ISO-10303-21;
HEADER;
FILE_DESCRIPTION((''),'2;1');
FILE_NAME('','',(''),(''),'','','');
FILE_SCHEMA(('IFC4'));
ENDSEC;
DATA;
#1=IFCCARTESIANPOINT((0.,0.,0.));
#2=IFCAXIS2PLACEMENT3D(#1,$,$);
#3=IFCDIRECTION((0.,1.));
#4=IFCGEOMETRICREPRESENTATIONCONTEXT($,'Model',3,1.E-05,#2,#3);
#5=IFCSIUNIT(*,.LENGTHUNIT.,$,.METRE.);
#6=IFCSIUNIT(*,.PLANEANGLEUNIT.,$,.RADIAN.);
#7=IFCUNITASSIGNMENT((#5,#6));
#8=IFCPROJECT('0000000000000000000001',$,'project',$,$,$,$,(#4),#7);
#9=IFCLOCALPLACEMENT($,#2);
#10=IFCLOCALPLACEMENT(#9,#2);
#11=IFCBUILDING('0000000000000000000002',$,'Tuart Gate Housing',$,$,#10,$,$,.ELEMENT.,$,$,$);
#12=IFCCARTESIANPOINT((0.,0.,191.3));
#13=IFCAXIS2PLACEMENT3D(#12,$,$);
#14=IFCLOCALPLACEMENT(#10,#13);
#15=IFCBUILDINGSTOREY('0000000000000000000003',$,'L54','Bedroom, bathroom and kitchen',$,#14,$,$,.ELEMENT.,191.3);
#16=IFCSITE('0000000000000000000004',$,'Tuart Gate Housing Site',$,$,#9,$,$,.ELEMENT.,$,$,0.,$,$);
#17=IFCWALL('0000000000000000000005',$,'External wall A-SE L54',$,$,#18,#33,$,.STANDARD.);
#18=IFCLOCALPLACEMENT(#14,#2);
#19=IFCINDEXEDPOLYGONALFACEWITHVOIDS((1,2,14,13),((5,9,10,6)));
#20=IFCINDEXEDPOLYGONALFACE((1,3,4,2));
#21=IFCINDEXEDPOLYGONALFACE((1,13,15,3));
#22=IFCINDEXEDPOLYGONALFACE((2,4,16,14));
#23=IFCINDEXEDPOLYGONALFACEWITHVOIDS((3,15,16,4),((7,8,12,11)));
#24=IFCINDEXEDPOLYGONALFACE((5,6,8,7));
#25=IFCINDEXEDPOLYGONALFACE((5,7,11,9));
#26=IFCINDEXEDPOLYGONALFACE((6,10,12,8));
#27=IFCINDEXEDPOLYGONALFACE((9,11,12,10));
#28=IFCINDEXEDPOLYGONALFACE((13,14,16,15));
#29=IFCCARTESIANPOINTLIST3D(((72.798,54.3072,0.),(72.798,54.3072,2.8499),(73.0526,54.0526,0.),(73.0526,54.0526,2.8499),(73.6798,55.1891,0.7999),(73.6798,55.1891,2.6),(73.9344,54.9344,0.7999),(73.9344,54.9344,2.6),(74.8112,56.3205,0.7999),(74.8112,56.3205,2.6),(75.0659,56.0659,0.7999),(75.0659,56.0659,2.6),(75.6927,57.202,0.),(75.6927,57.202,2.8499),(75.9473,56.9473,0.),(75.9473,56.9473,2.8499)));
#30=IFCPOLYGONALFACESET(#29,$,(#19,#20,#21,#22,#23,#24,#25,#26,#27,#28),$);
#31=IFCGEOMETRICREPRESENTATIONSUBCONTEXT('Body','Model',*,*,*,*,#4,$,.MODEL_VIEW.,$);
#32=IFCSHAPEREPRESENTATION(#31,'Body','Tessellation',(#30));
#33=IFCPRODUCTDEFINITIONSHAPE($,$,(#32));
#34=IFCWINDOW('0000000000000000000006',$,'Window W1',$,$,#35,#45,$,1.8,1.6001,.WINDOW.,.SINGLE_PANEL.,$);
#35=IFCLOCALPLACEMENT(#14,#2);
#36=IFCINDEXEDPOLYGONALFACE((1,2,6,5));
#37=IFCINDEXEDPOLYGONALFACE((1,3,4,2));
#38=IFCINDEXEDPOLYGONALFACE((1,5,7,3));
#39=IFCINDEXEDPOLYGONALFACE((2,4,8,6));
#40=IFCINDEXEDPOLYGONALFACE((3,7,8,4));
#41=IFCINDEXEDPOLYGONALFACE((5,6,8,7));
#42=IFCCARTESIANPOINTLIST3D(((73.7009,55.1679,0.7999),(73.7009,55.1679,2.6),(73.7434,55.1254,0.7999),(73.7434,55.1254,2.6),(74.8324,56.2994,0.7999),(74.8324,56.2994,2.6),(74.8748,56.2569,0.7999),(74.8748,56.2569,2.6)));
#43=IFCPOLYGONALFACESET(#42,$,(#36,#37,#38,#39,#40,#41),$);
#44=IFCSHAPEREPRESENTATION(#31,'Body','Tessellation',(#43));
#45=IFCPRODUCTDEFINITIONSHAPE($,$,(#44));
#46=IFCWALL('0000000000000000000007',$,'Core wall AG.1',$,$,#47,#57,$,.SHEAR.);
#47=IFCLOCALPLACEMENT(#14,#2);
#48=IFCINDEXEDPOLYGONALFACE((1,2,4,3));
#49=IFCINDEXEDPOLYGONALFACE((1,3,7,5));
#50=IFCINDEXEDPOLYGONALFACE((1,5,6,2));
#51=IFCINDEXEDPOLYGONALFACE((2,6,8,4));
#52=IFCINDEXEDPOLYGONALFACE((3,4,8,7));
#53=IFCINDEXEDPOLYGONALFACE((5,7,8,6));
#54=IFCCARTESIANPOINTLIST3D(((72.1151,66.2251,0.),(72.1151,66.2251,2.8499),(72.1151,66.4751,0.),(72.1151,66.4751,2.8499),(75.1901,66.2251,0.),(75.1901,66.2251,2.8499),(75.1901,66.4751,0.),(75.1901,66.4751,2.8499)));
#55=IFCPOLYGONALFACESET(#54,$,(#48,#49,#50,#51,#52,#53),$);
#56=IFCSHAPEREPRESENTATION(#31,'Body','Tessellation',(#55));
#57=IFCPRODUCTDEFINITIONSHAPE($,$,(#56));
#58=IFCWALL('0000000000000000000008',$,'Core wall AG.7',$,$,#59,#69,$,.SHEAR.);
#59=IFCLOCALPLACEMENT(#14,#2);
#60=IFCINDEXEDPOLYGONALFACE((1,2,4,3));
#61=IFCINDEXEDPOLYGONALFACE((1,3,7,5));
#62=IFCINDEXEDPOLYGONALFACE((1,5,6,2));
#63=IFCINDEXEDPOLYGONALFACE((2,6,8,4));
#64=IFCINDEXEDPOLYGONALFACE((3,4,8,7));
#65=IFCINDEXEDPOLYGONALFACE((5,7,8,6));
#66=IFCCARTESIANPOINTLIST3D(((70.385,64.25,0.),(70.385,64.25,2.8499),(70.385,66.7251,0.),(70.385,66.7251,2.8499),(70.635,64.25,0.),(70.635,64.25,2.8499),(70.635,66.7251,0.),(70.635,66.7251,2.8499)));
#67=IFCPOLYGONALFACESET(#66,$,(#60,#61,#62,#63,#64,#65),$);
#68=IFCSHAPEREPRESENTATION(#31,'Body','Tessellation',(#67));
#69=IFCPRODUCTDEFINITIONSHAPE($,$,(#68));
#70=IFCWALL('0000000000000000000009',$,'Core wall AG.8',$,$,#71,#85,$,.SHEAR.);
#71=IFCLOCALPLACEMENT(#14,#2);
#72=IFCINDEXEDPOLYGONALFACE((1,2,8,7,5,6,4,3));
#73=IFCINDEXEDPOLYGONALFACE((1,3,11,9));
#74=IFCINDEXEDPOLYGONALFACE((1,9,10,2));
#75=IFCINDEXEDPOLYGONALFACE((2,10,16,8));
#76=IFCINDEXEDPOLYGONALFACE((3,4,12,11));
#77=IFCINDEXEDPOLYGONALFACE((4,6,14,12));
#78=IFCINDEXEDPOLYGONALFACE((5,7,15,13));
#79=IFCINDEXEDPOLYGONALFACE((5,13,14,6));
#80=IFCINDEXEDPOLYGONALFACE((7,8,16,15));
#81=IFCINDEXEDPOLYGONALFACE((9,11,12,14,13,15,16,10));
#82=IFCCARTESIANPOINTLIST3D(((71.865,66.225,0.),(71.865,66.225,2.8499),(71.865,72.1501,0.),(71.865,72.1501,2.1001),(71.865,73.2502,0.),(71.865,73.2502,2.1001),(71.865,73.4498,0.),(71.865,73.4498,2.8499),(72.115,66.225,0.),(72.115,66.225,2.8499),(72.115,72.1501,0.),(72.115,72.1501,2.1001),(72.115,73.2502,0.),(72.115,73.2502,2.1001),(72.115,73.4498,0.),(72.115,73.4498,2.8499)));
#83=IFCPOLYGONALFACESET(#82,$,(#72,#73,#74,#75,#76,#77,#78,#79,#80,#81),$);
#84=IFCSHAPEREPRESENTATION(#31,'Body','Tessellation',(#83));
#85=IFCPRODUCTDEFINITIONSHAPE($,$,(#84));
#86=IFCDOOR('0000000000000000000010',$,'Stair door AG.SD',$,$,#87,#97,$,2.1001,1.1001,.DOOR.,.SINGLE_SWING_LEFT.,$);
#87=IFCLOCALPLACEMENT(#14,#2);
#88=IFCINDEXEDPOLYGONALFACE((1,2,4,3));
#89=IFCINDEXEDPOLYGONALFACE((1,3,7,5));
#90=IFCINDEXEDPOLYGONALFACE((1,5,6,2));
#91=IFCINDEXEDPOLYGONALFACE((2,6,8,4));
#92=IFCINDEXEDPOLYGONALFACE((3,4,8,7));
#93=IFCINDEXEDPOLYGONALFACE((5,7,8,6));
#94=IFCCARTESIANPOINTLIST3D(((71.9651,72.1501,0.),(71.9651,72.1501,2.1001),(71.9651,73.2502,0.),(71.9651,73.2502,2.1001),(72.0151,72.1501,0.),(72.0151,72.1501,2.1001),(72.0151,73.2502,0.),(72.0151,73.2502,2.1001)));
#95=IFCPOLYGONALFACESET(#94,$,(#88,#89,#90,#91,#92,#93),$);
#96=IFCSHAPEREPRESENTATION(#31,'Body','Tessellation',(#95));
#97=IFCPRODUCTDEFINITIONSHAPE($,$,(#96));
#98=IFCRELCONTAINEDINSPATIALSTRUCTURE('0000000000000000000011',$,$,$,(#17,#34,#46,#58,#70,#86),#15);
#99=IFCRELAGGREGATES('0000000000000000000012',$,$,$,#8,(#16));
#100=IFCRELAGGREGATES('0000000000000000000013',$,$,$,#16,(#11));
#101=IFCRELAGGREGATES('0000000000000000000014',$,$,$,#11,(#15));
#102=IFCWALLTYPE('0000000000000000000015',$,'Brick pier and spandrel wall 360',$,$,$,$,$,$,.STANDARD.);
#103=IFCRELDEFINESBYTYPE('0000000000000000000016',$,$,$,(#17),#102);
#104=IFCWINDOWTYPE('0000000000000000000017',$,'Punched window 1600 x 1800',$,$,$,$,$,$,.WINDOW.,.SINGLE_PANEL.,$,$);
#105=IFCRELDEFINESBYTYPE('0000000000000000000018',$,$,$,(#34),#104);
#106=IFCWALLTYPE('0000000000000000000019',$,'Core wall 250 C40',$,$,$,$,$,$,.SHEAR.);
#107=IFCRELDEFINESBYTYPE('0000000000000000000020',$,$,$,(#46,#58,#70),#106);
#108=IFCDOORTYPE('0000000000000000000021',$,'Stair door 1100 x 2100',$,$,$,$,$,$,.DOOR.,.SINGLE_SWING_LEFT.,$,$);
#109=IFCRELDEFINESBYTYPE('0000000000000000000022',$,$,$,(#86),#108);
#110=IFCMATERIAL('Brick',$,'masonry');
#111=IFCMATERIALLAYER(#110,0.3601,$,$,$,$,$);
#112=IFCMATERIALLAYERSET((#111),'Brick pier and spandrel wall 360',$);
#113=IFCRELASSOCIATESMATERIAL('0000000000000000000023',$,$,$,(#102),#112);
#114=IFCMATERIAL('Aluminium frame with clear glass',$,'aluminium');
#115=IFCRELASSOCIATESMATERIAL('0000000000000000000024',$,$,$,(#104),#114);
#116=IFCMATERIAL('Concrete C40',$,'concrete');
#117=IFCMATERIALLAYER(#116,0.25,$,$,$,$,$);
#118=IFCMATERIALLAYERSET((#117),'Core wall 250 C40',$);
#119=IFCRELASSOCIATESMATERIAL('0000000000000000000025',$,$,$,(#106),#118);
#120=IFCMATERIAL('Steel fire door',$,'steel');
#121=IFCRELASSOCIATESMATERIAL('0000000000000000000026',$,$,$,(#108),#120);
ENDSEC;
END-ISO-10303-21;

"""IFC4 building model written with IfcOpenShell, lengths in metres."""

from ifc_helpers import new_model, si_unit, direction, frame, frame_2d, origin, place, context, subcontext, project, spatial, rectangle, extrude, material, layer, layer_set, type_object, element, fill, save


model = new_model("IFC4")

# Units and contexts
model_context = context("Model", 3, precision=1e-05, world=origin(), true_north=direction((0.0, 1.0)))
body_context = subcontext(model_context, "Body", "Model", "MODEL_VIEW")
ifc_project = project(units=[si_unit("LENGTHUNIT", "METRE"), si_unit("PLANEANGLEUNIT", "RADIAN")], contexts=[model_context])

# Site, building, storey
site_placement = place(None, origin())
site = spatial("IfcSite", under=ifc_project, at=site_placement, Name="Tuart Gate Housing Site", CompositionType="ELEMENT", RefElevation=0.0)
building_placement = place(site_placement, origin())
building = spatial("IfcBuilding", under=site, at=building_placement, Name="Tuart Gate Housing", CompositionType="ELEMENT")
storey_placement = place(building_placement, frame((0.0, 0.0, 191.3)))
storey = spatial("IfcBuildingStorey", under=building, at=storey_placement, Name="L54", Description="Bedroom, bathroom and kitchen", CompositionType="ELEMENT", Elevation=191.3)

# Wall, opening, window
ifc_material_1 = material(Name="Brick", Category="masonry")
ifc_layer_1 = layer(ifc_material_1, 0.3601)
ifc_layer_set_1 = layer_set([ifc_layer_1], Name="Brick pier and spandrel wall 360")
wall_type_1 = type_object("IfcWallType", Name="Brick pier and spandrel wall 360", PredefinedType="STANDARD", material=ifc_layer_set_1)
wall_1_placement = place(storey_placement, frame((72.9253, 54.1799, 0.0), z_axis=(0.0, 0.0, 1.0), x_axis=(0.707107, 0.707107, 0.0)))
wall_1 = element("IfcWall", 1, at=wall_1_placement, inside=storey, type_object=wall_type_1, Name="External wall A-SE L54", PredefinedType="STANDARD", context=body_context, shape_type="SweptSolid", body=[
    extrude(rectangle(XDim=4.0938, YDim=0.3601, at=frame_2d((2.0469, 0.0))), origin(), (0.0, 0.0, 1.0), 2.8499),
])
opening_1_placement = place(wall_1_placement, frame((1.2471, 0.0, 0.8)))
opening_1 = element("IfcOpeningElement", 2, at=opening_1_placement, cuts=wall_1, PredefinedType="OPENING", context=body_context, shape_type="SweptSolid", body=[
    extrude(rectangle(XDim=1.6001, YDim=1.8, at=frame_2d((0.8, 0.8999))), frame((0.0, 0.1899, 0.0), z_axis=(0.0, -1.0, 0.0), x_axis=(1.0, 0.0, 0.0)), (0.0, 0.0, 1.0), 0.3801),
])
ifc_material_2 = material(Name="Aluminium frame with clear glass", Category="aluminium")
window_type = type_object("IfcWindowType", Name="Punched window 1600 x 1800", PartitioningType="SINGLE_PANEL", PredefinedType="WINDOW", material=ifc_material_2)
window_placement = place(opening_1_placement, origin())
window = element("IfcWindow", 3, at=window_placement, inside=storey, type_object=window_type, Name="Window W1", OverallHeight=1.8, OverallWidth=1.6001, PartitioningType="SINGLE_PANEL", PredefinedType="WINDOW", context=body_context, shape_type="SweptSolid", body=[
    extrude(rectangle(XDim=1.6001, YDim=1.8, at=frame_2d((0.8, 0.8999))), frame((0.0, 0.1501, 0.0), z_axis=(0.0, -1.0, 0.0), x_axis=(1.0, 0.0, 0.0)), (0.0, 0.0, 1.0), 0.0601),
])
fill(opening_1, window)

# Walls
ifc_material_3 = material(Name="Concrete C40", Category="concrete")
ifc_layer_2 = layer(ifc_material_3, 0.25)
ifc_layer_set_2 = layer_set([ifc_layer_2], Name="Core wall 250 C40")
wall_type_2 = type_object("IfcWallType", Name="Core wall 250 C40", PredefinedType="SHEAR", material=ifc_layer_set_2)
wall_2_placement = place(storey_placement, frame((72.115, 66.3501, 0.0), z_axis=(0.0, 0.0, 1.0), x_axis=(1.0, 0.0, 0.0)))
element("IfcWall", 4, at=wall_2_placement, inside=storey, type_object=wall_type_2, Name="Core wall AG.1", PredefinedType="SHEAR", context=body_context, shape_type="SweptSolid", body=[
    extrude(rectangle(XDim=3.075, YDim=0.25, at=frame_2d((1.5376, 0.0))), origin(), (0.0, 0.0, 1.0), 2.8499),
])
wall_3_placement = place(storey_placement, frame((70.51, 64.25, 0.0), z_axis=(0.0, 0.0, 1.0), x_axis=(0.0, 1.0, 0.0)))
element("IfcWall", 5, at=wall_3_placement, inside=storey, type_object=wall_type_2, Name="Core wall AG.7", PredefinedType="SHEAR", context=body_context, shape_type="SweptSolid", body=[
    extrude(rectangle(XDim=2.4751, YDim=0.25, at=frame_2d((1.2375, 0.0))), origin(), (0.0, 0.0, 1.0), 2.8499),
])

# Wall, opening, door
wall_4_placement = place(storey_placement, frame((71.99, 66.2251, 0.0), z_axis=(0.0, 0.0, 1.0), x_axis=(0.0, 1.0, 0.0)))
wall_4 = element("IfcWall", 6, at=wall_4_placement, inside=storey, type_object=wall_type_2, Name="Core wall AG.8", PredefinedType="SHEAR", context=body_context, shape_type="SweptSolid", body=[
    extrude(rectangle(XDim=7.2249, YDim=0.25, at=frame_2d((3.6123, 0.0))), origin(), (0.0, 0.0, 1.0), 2.8499),
])
opening_2_placement = place(wall_4_placement, frame((5.925, 0.0, 0.0)))
opening_2 = element("IfcOpeningElement", 7, at=opening_2_placement, cuts=wall_4, PredefinedType="OPENING", context=body_context, shape_type="SweptSolid", body=[
    extrude(rectangle(XDim=1.1001, YDim=2.1001, at=frame_2d((0.55, 1.05))), frame((0.0, 0.135, 0.0), z_axis=(0.0, -1.0, 0.0), x_axis=(1.0, 0.0, 0.0)), (0.0, 0.0, 1.0), 0.27),
])
ifc_material_4 = material(Name="Steel fire door", Category="steel")
door_type_1 = type_object("IfcDoorType", Name="Stair door 1100 x 2100", OperationType="SINGLE_SWING_LEFT", PredefinedType="DOOR", material=ifc_material_4)
door_1_placement = place(opening_2_placement, frame((1.1001, 0.0, 0.0), z_axis=(0.0, 0.0, 1.0), x_axis=(-1.0, 0.0, 0.0)))
door_1 = element("IfcDoor", 8, at=door_1_placement, inside=storey, type_object=door_type_1, Name="Stair door AG.SD", OperationType="SINGLE_SWING_LEFT", OverallHeight=2.1001, OverallWidth=1.1001, PredefinedType="DOOR", context=body_context, shape_type="SweptSolid", body=[
    extrude(rectangle(XDim=1.1001, YDim=2.1001, at=frame_2d((0.55, 1.05))), frame((0.0, 0.0251, 0.0), z_axis=(0.0, -1.0, 0.0), x_axis=(1.0, 0.0, 0.0)), (0.0, 0.0, 1.0), 0.05),
])
fill(opening_2, door_1)

save(model, "model.ifc")
